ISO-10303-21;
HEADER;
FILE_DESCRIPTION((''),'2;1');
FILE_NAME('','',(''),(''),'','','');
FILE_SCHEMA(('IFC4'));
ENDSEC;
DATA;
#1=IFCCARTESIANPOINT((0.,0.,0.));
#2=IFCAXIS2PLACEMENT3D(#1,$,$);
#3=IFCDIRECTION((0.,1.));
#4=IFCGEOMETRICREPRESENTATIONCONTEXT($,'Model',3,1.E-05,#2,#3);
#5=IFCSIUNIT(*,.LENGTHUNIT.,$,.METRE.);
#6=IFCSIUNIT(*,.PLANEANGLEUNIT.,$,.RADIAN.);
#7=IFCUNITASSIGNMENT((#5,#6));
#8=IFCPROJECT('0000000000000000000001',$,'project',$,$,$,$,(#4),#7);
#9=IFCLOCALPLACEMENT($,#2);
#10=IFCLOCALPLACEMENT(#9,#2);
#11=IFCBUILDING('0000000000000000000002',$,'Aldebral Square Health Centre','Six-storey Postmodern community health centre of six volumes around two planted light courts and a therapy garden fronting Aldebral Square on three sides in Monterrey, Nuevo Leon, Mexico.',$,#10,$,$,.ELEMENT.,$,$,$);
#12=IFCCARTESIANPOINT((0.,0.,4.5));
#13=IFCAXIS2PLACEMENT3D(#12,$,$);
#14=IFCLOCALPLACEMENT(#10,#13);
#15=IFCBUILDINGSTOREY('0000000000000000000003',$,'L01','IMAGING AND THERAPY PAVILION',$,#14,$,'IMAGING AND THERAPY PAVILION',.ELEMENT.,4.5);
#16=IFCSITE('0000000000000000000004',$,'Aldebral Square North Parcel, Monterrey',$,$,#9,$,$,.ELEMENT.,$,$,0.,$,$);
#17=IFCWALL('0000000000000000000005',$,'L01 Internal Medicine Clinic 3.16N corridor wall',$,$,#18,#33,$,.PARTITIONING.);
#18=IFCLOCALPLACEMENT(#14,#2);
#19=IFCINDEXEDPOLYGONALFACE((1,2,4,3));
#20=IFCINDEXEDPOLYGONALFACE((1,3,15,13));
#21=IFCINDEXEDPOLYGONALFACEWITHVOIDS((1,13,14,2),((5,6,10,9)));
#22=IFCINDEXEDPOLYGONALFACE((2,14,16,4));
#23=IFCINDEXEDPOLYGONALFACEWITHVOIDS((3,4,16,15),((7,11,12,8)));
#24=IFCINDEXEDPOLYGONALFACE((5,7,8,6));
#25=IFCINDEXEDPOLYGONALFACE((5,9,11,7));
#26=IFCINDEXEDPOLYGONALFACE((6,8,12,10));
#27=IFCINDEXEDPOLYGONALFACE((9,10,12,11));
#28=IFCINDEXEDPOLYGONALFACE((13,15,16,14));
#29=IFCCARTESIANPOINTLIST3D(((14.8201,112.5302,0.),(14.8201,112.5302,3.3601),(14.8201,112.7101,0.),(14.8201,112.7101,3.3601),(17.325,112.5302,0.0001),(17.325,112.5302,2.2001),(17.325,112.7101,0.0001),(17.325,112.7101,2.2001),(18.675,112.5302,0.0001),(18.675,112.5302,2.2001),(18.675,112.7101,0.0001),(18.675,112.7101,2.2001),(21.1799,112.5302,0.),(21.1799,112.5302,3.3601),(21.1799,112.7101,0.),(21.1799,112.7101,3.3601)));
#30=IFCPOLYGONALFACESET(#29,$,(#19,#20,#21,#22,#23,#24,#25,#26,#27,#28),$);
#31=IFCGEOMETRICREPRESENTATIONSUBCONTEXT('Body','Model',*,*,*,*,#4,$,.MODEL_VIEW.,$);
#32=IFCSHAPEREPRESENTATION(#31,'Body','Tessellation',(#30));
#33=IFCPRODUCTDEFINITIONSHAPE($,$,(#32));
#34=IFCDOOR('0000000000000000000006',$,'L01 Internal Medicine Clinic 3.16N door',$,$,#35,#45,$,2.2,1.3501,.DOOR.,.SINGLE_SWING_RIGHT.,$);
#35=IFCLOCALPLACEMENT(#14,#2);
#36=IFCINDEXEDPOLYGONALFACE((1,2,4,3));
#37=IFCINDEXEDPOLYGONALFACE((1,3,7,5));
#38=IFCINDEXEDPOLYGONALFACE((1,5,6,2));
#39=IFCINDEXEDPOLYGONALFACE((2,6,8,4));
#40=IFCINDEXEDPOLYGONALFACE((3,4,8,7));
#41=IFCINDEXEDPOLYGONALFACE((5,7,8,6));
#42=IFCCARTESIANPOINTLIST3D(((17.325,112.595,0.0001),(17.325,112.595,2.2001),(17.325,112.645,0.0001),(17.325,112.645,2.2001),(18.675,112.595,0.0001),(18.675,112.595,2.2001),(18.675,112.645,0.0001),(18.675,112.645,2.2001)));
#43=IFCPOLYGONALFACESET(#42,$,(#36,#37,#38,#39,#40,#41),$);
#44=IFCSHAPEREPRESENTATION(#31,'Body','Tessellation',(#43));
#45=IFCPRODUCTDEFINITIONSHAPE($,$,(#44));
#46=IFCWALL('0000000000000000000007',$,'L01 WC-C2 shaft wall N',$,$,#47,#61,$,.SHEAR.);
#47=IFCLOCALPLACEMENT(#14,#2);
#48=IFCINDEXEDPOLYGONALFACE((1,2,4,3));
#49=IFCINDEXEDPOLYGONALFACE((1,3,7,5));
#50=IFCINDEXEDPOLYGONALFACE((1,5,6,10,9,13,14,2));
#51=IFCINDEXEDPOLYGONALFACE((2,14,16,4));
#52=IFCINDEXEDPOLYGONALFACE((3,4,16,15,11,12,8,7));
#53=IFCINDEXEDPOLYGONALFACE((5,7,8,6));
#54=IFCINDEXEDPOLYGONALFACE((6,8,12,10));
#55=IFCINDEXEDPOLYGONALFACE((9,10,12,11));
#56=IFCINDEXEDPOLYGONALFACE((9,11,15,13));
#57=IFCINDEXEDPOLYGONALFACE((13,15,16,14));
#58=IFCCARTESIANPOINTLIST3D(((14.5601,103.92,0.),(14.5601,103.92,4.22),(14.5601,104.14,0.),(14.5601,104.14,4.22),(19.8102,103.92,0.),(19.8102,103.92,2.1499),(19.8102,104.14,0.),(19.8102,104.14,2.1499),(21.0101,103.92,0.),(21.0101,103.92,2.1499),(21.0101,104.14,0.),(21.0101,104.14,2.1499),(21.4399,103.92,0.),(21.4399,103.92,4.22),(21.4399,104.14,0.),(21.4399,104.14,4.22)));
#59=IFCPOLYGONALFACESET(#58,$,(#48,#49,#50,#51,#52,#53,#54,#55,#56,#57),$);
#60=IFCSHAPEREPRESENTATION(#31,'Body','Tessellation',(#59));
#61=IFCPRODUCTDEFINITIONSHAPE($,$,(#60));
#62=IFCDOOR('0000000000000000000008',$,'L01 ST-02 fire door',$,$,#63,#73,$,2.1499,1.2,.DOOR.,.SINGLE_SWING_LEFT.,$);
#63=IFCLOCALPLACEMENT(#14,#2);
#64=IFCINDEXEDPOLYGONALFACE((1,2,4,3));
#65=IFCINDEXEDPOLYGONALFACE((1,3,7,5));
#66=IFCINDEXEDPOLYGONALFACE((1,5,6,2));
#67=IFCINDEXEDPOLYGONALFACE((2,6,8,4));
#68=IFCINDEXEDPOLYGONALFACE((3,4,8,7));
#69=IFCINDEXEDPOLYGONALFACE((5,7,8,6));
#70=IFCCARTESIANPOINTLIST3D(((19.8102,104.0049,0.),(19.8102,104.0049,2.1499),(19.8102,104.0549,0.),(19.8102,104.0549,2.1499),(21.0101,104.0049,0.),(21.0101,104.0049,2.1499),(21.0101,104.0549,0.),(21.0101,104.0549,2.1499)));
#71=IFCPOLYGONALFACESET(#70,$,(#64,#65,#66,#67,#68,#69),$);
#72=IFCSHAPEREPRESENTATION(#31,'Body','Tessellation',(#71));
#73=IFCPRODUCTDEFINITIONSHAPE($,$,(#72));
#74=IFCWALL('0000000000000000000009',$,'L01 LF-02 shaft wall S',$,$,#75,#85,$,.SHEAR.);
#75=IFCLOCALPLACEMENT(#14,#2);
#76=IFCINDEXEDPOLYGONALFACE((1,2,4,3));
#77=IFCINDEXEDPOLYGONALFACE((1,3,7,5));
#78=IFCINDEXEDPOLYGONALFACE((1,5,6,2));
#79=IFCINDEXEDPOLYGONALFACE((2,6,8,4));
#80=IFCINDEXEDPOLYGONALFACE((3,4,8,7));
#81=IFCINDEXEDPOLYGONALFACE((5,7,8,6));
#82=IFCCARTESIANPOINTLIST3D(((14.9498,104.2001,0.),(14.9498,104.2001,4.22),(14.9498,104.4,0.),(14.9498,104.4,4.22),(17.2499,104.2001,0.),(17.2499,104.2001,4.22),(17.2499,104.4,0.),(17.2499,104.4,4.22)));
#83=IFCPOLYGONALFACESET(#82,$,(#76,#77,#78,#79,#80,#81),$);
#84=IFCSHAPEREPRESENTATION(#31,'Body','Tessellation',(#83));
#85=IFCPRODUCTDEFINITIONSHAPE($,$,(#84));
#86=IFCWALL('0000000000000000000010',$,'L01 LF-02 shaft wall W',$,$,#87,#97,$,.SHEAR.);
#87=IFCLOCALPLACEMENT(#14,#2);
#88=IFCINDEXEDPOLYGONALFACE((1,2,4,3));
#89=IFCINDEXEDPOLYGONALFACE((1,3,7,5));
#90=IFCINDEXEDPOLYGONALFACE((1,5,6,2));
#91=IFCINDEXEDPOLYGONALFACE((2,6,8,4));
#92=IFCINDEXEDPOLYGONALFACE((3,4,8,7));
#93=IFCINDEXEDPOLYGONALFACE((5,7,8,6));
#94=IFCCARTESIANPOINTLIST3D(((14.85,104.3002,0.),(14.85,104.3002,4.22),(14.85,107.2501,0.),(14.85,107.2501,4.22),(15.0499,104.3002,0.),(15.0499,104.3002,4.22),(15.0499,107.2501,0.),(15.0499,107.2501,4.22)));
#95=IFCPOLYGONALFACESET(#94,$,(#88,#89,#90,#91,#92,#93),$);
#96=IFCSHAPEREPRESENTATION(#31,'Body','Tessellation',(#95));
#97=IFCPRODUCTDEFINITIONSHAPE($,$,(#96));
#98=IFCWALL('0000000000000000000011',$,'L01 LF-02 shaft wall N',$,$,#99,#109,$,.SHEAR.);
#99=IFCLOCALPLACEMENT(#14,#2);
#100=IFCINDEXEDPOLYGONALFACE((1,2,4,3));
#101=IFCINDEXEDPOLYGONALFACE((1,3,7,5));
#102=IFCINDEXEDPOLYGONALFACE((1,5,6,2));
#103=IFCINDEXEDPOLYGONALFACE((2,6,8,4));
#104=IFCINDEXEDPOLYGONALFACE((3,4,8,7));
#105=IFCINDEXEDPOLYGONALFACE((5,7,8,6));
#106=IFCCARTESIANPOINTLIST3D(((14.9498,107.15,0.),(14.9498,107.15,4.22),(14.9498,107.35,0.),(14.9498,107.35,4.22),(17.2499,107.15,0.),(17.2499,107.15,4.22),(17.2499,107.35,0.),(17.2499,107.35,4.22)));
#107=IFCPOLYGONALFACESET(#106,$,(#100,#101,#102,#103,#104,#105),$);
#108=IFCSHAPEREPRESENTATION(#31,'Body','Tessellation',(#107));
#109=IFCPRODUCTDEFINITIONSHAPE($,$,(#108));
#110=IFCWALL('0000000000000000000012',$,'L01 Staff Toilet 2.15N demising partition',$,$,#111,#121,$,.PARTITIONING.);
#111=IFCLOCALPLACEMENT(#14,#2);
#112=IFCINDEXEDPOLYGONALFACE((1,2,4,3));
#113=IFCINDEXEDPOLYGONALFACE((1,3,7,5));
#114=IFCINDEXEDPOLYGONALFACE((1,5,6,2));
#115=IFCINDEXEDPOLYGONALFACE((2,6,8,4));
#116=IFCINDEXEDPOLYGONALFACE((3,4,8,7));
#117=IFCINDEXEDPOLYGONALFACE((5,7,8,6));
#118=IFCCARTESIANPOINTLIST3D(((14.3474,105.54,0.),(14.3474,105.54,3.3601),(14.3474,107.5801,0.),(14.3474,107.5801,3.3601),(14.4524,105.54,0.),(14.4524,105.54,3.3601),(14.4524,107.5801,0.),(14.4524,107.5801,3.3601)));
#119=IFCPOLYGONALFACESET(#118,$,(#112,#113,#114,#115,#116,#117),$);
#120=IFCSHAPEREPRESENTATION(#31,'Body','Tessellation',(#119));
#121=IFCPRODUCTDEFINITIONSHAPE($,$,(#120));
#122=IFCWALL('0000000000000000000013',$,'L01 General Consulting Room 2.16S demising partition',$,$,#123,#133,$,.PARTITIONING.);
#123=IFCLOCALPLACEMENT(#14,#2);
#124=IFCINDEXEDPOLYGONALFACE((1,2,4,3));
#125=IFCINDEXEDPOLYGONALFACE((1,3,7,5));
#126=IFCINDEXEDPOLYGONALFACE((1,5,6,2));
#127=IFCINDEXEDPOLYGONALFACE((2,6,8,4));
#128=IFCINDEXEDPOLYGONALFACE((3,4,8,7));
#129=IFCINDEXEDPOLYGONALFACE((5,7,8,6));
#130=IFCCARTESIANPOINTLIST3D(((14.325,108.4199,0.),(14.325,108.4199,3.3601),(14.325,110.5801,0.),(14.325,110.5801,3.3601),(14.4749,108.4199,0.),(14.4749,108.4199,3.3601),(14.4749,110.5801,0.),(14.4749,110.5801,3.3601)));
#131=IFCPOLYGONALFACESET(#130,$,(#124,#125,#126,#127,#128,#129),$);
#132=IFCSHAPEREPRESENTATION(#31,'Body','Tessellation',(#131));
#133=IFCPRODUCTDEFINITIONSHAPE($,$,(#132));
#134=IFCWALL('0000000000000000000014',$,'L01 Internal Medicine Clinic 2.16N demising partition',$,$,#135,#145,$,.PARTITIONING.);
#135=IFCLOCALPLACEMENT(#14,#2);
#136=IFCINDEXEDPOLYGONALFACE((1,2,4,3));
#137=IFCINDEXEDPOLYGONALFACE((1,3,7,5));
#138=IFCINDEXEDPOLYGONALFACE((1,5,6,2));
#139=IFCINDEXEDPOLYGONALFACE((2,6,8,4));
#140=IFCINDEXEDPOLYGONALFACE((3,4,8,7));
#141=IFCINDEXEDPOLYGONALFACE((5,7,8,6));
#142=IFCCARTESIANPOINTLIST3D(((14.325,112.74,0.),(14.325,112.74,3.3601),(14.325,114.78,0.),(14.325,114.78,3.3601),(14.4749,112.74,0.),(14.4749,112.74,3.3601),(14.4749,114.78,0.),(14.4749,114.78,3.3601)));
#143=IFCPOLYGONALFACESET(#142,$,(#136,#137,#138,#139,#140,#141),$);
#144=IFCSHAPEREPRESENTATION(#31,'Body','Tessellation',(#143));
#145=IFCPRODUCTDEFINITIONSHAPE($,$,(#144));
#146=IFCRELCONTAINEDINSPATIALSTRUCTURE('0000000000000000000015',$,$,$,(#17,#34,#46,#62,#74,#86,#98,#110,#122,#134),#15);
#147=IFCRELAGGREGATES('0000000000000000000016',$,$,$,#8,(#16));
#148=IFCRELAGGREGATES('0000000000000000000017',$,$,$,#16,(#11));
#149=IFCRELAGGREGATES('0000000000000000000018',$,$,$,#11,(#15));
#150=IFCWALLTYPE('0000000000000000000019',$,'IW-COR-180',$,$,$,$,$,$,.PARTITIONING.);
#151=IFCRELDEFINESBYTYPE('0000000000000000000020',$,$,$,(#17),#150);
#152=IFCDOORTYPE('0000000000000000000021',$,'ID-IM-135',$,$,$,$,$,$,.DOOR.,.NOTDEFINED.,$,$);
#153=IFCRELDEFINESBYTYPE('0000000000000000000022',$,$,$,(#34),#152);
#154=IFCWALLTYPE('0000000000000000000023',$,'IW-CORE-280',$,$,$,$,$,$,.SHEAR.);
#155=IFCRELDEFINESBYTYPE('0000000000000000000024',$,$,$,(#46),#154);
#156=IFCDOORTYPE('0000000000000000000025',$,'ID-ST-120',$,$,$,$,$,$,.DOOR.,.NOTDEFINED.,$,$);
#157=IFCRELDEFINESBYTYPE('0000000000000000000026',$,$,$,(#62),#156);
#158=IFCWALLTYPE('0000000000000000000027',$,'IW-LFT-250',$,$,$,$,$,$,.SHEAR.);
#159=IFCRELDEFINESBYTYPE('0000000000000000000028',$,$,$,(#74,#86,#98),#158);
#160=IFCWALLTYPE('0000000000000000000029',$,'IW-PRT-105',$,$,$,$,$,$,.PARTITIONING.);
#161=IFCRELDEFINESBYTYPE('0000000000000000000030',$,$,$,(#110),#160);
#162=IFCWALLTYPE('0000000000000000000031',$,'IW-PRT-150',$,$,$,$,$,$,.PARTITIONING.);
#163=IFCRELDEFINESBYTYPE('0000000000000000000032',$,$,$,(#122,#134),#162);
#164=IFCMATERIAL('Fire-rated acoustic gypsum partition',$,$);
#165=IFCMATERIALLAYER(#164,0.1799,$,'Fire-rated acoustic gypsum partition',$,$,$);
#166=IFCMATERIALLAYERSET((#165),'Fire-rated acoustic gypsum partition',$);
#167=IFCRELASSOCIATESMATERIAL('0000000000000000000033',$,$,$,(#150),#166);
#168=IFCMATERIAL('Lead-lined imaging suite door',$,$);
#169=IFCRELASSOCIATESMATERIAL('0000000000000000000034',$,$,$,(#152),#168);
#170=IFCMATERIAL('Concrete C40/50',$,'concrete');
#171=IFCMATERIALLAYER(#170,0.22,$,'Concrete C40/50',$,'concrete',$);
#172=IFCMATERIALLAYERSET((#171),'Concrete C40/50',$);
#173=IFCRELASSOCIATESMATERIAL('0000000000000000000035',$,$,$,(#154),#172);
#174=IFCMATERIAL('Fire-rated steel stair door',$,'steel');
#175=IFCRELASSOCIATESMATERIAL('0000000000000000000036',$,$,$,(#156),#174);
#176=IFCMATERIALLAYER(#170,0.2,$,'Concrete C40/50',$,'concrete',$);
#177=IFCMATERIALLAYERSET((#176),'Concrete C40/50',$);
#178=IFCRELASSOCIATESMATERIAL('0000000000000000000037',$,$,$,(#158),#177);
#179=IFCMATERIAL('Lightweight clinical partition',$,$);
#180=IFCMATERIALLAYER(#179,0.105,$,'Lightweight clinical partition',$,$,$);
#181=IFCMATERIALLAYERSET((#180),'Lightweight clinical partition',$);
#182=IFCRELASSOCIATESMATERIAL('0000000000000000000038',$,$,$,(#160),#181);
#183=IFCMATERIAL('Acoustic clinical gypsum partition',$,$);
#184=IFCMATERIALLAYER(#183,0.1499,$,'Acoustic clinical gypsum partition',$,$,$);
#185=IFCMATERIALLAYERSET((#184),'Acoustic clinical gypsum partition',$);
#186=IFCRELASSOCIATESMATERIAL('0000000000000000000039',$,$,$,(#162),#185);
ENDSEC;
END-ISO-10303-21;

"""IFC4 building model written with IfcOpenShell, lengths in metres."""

from ifc_helpers import new_model, si_unit, direction, frame, frame_2d, origin, place, context, subcontext, project, spatial, rectangle, extrude, material, layer, layer_set, type_object, element, fill, save


model = new_model("IFC4")

# Units and contexts
model_context = context("Model", 3, precision=1e-05, world=origin(), true_north=direction((0.0, 1.0)))
body_context = subcontext(model_context, "Body", "Model", "MODEL_VIEW")
ifc_project = project(units=[si_unit("LENGTHUNIT", "METRE"), si_unit("PLANEANGLEUNIT", "RADIAN")], contexts=[model_context])

# Site, building, storey
site_placement = place(None, origin())
site = spatial("IfcSite", under=ifc_project, at=site_placement, Name="Aldebral Square North Parcel, Monterrey", CompositionType="ELEMENT", RefElevation=0.0)
building_placement = place(site_placement, origin())
building = spatial("IfcBuilding", under=site, at=building_placement, Name="Aldebral Square Health Centre", Description="Six-storey Postmodern community health centre of six volumes around two planted light courts and a therapy garden fronting Aldebral Square on three sides in Monterrey, Nuevo Leon, Mexico.", CompositionType="ELEMENT")
storey_placement = place(building_placement, frame((0.0, 0.0, 4.5)))
storey = spatial("IfcBuildingStorey", under=building, at=storey_placement, Name="L01", Description="IMAGING AND THERAPY PAVILION", LongName="IMAGING AND THERAPY PAVILION", CompositionType="ELEMENT", Elevation=4.5)

# Shared definitions
ifc_material_1 = material(Name="Concrete C40/50", Category="concrete")

# Walls, openings, doors
ifc_material_2 = material(Name="Fire-rated acoustic gypsum partition")
ifc_layer_1 = layer(ifc_material_2, 0.1799, Name="Fire-rated acoustic gypsum partition")
ifc_layer_set_1 = layer_set([ifc_layer_1], Name="Fire-rated acoustic gypsum partition")
wall_type_1 = type_object("IfcWallType", Name="IW-COR-180", PredefinedType="PARTITIONING", material=ifc_layer_set_1)
wall_1_placement = place(storey_placement, frame((14.8201, 112.6201, 0.0), z_axis=(0.0, 0.0, 1.0), x_axis=(1.0, 0.0, 0.0)))
wall_1 = element("IfcWall", 1, at=wall_1_placement, inside=storey, type_object=wall_type_1, Name="L01 Internal Medicine Clinic 3.16N corridor wall", PredefinedType="PARTITIONING", context=body_context, shape_type="SweptSolid", body=[
    extrude(rectangle(XDim=6.3599, YDim=0.1799, at=frame_2d((3.1799, 0.0))), origin(), (0.0, 0.0, 1.0), 3.3601),
])
opening_1_placement = place(wall_1_placement, frame((2.5049, 0.0, 0.0)))
opening_1 = element("IfcOpeningElement", 2, at=opening_1_placement, cuts=wall_1, PredefinedType="OPENING", context=body_context, shape_type="SweptSolid", body=[
    extrude(rectangle(XDim=1.3501, YDim=2.2, at=frame_2d((0.675, 1.1001))), frame((0.0, 0.1001, 0.0), z_axis=(0.0, -1.0, 0.0), x_axis=(1.0, 0.0, 0.0)), (0.0, 0.0, 1.0), 0.2),
])
ifc_material_3 = material(Name="Lead-lined imaging suite door")
door_type_1 = type_object("IfcDoorType", Name="ID-IM-135", OperationType="NOTDEFINED", PredefinedType="DOOR", material=ifc_material_3)
door_1_placement = place(opening_1_placement, origin())
door_1 = element("IfcDoor", 3, at=door_1_placement, inside=storey, type_object=door_type_1, Name="L01 Internal Medicine Clinic 3.16N door", OperationType="SINGLE_SWING_RIGHT", OverallHeight=2.2, OverallWidth=1.3501, PredefinedType="DOOR", context=body_context, shape_type="SweptSolid", body=[
    extrude(rectangle(XDim=1.3501, YDim=2.2, at=frame_2d((0.675, 1.1001))), frame((0.0, 0.0249, 0.0), z_axis=(0.0, -1.0, 0.0), x_axis=(1.0, 0.0, 0.0)), (0.0, 0.0, 1.0), 0.05),
])
fill(opening_1, door_1)
ifc_layer_2 = layer(ifc_material_1, 0.22, Name="Concrete C40/50", Category="concrete")
ifc_layer_set_2 = layer_set([ifc_layer_2], Name="Concrete C40/50")
wall_type_2 = type_object("IfcWallType", Name="IW-CORE-280", PredefinedType="SHEAR", material=ifc_layer_set_2)
wall_2_placement = place(storey_placement, frame((14.5601, 104.03, 0.0), z_axis=(0.0, 0.0, 1.0), x_axis=(1.0, 0.0, 0.0)))
wall_2 = element("IfcWall", 4, at=wall_2_placement, inside=storey, type_object=wall_type_2, Name="L01 WC-C2 shaft wall N", PredefinedType="SHEAR", context=body_context, shape_type="SweptSolid", body=[
    extrude(rectangle(XDim=6.8799, YDim=0.22, at=frame_2d((3.4399, 0.0))), origin(), (0.0, 0.0, 1.0), 4.22),
])
opening_2_placement = place(wall_2_placement, frame((5.25, 0.0, 0.0)))
opening_2 = element("IfcOpeningElement", 5, at=opening_2_placement, cuts=wall_2, PredefinedType="OPENING", context=body_context, shape_type="SweptSolid", body=[
    extrude(rectangle(XDim=1.2, YDim=2.1499, at=frame_2d((0.6001, 1.075))), frame((0.0, 0.1201, 0.0), z_axis=(0.0, -1.0, 0.0), x_axis=(1.0, 0.0, 0.0)), (0.0, 0.0, 1.0), 0.24),
])
ifc_material_4 = material(Name="Fire-rated steel stair door", Category="steel")
door_type_2 = type_object("IfcDoorType", Name="ID-ST-120", OperationType="NOTDEFINED", PredefinedType="DOOR", material=ifc_material_4)
door_2_placement = place(opening_2_placement, origin())
door_2 = element("IfcDoor", 6, at=door_2_placement, inside=storey, type_object=door_type_2, Name="L01 ST-02 fire door", OperationType="SINGLE_SWING_LEFT", OverallHeight=2.1499, OverallWidth=1.2, PredefinedType="DOOR", context=body_context, shape_type="SweptSolid", body=[
    extrude(rectangle(XDim=1.2, YDim=2.1499, at=frame_2d((0.6001, 1.075))), frame((0.0, 0.0249, 0.0), z_axis=(0.0, -1.0, 0.0), x_axis=(1.0, 0.0, 0.0)), (0.0, 0.0, 1.0), 0.05),
])
fill(opening_2, door_2)

# Walls
ifc_layer_3 = layer(ifc_material_1, 0.2, Name="Concrete C40/50", Category="concrete")
ifc_layer_set_3 = layer_set([ifc_layer_3], Name="Concrete C40/50")
wall_type_3 = type_object("IfcWallType", Name="IW-LFT-250", PredefinedType="SHEAR", material=ifc_layer_set_3)
wall_3_placement = place(storey_placement, frame((14.95, 104.3, 0.0), z_axis=(0.0, 0.0, 1.0), x_axis=(1.0, 0.0, 0.0)))
element("IfcWall", 7, at=wall_3_placement, inside=storey, type_object=wall_type_3, Name="L01 LF-02 shaft wall S", PredefinedType="SHEAR", context=body_context, shape_type="SweptSolid", body=[
    extrude(rectangle(XDim=2.3, YDim=0.2, at=frame_2d((1.1499, 0.0))), origin(), (0.0, 0.0, 1.0), 4.22),
])
wall_4_placement = place(storey_placement, frame((14.95, 104.3, 0.0), z_axis=(0.0, 0.0, 1.0), x_axis=(0.0, 1.0, 0.0)))
element("IfcWall", 8, at=wall_4_placement, inside=storey, type_object=wall_type_3, Name="L01 LF-02 shaft wall W", PredefinedType="SHEAR", context=body_context, shape_type="SweptSolid", body=[
    extrude(rectangle(XDim=2.95, YDim=0.2, at=frame_2d((1.4751, 0.0))), origin(), (0.0, 0.0, 1.0), 4.22),
])
wall_5_placement = place(storey_placement, frame((14.95, 107.25, 0.0), z_axis=(0.0, 0.0, 1.0), x_axis=(1.0, 0.0, 0.0)))
element("IfcWall", 9, at=wall_5_placement, inside=storey, type_object=wall_type_3, Name="L01 LF-02 shaft wall N", PredefinedType="SHEAR", context=body_context, shape_type="SweptSolid", body=[
    extrude(rectangle(XDim=2.3, YDim=0.2, at=frame_2d((1.1499, 0.0))), origin(), (0.0, 0.0, 1.0), 4.22),
])

# Walls
ifc_material_5 = material(Name="Lightweight clinical partition")
ifc_layer_4 = layer(ifc_material_5, 0.105, Name="Lightweight clinical partition")
ifc_layer_set_4 = layer_set([ifc_layer_4], Name="Lightweight clinical partition")
wall_type_4 = type_object("IfcWallType", Name="IW-PRT-105", PredefinedType="PARTITIONING", material=ifc_layer_set_4)
wall_6_placement = place(storey_placement, frame((14.3999, 105.54, 0.0), z_axis=(0.0, 0.0, 1.0), x_axis=(0.0, 1.0, 0.0)))
element("IfcWall", 10, at=wall_6_placement, inside=storey, type_object=wall_type_4, Name="L01 Staff Toilet 2.15N demising partition", PredefinedType="PARTITIONING", context=body_context, shape_type="SweptSolid", body=[
    extrude(rectangle(XDim=2.04, YDim=0.105, at=frame_2d((1.02, 0.0))), origin(), (0.0, 0.0, 1.0), 3.3601),
])
ifc_material_6 = material(Name="Acoustic clinical gypsum partition")
ifc_layer_5 = layer(ifc_material_6, 0.1499, Name="Acoustic clinical gypsum partition")
ifc_layer_set_5 = layer_set([ifc_layer_5], Name="Acoustic clinical gypsum partition")
wall_type_5 = type_object("IfcWallType", Name="IW-PRT-150", PredefinedType="PARTITIONING", material=ifc_layer_set_5)
wall_7_placement = place(storey_placement, frame((14.3999, 108.4199, 0.0), z_axis=(0.0, 0.0, 1.0), x_axis=(0.0, 1.0, 0.0)))
element("IfcWall", 11, at=wall_7_placement, inside=storey, type_object=wall_type_5, Name="L01 General Consulting Room 2.16S demising partition", PredefinedType="PARTITIONING", context=body_context, shape_type="SweptSolid", body=[
    extrude(rectangle(XDim=2.1602, YDim=0.1499, at=frame_2d((1.0801, 0.0))), origin(), (0.0, 0.0, 1.0), 3.3601),
])
wall_8_placement = place(storey_placement, frame((14.3999, 112.74, 0.0), z_axis=(0.0, 0.0, 1.0), x_axis=(0.0, 1.0, 0.0)))
element("IfcWall", 12, at=wall_8_placement, inside=storey, type_object=wall_type_5, Name="L01 Internal Medicine Clinic 2.16N demising partition", PredefinedType="PARTITIONING", context=body_context, shape_type="SweptSolid", body=[
    extrude(rectangle(XDim=2.04, YDim=0.1499, at=frame_2d((1.02, 0.0))), origin(), (0.0, 0.0, 1.0), 3.3601),
])

save(model, "model.ifc")
